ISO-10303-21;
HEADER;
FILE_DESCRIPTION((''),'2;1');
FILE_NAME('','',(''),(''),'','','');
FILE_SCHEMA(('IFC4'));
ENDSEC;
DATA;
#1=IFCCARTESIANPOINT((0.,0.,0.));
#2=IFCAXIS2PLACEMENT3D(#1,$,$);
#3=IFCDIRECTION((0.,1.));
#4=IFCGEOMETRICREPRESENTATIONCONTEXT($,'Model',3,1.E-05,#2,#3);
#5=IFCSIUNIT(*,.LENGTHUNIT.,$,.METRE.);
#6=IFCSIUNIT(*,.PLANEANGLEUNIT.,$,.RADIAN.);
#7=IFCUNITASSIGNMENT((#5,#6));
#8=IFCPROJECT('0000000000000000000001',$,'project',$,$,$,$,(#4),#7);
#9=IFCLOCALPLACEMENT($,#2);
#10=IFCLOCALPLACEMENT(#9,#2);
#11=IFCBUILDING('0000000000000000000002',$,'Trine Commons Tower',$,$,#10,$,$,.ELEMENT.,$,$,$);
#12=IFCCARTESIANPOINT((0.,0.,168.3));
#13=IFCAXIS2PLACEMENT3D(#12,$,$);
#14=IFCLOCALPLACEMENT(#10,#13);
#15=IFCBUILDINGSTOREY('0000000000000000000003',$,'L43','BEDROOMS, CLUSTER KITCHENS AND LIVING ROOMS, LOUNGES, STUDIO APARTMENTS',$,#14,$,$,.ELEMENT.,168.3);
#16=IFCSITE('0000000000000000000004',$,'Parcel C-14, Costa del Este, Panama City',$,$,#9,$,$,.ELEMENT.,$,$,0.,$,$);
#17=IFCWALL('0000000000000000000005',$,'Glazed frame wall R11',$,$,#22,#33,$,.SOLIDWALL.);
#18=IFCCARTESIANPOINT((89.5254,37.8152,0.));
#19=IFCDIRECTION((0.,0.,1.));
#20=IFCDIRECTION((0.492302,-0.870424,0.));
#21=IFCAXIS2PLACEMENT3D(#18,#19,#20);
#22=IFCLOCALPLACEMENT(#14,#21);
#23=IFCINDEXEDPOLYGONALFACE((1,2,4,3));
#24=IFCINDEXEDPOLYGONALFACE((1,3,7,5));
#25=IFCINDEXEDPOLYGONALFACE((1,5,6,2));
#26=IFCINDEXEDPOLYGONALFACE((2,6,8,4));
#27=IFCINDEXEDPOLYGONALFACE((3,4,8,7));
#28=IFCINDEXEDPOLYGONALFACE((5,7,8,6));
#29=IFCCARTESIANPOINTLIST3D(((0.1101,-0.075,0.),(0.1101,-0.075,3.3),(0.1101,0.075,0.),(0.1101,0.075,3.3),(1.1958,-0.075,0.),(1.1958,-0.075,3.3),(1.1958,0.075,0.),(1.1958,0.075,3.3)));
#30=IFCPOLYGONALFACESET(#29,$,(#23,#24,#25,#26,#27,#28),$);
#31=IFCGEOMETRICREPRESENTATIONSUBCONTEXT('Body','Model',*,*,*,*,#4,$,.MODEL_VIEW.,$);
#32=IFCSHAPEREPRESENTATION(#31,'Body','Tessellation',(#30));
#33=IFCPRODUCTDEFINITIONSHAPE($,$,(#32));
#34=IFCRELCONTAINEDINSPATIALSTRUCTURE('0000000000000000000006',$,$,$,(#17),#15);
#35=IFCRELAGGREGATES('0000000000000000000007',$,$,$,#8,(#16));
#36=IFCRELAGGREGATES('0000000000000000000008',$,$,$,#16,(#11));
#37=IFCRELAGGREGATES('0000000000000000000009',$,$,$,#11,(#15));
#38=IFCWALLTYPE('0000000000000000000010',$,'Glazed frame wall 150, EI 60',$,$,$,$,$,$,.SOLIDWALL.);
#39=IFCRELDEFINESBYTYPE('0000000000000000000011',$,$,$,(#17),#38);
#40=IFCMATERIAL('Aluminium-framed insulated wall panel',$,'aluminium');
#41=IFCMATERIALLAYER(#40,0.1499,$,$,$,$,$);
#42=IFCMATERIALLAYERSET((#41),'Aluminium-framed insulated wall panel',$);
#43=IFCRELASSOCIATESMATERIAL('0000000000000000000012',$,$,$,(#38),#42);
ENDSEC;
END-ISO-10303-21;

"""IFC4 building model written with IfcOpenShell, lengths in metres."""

from ifc_helpers import new_model, si_unit, direction, frame, origin, place, context, subcontext, project, spatial, polyline, outline, extrude, material, layer, layer_set, type_object, element, save


model = new_model("IFC4")

# Units and contexts
model_context = context("Model", 3, precision=1e-05, world=origin(), true_north=direction((0.0, 1.0)))
body_context = subcontext(model_context, "Body", "Model", "MODEL_VIEW")
ifc_project = project(units=[si_unit("LENGTHUNIT", "METRE"), si_unit("PLANEANGLEUNIT", "RADIAN")], contexts=[model_context])

# Site, building, storey
site_placement = place(None, origin())
site = spatial("IfcSite", under=ifc_project, at=site_placement, Name="Parcel C-14, Costa del Este, Panama City", CompositionType="ELEMENT", RefElevation=0.0)
building_placement = place(site_placement, origin())
building = spatial("IfcBuilding", under=site, at=building_placement, Name="Trine Commons Tower", CompositionType="ELEMENT")
storey_placement = place(building_placement, frame((0.0, 0.0, 168.3)))
storey = spatial("IfcBuildingStorey", under=building, at=storey_placement, Name="L43", Description="BEDROOMS, CLUSTER KITCHENS AND LIVING ROOMS, LOUNGES, STUDIO APARTMENTS", CompositionType="ELEMENT", Elevation=168.3)

# Wall
ifc_material_1 = material(Name="Aluminium-framed insulated wall panel", Category="aluminium")
ifc_layer_1 = layer(ifc_material_1, 0.1499)
ifc_layer_set_1 = layer_set([ifc_layer_1], Name="Aluminium-framed insulated wall panel")
wall_type_1 = type_object("IfcWallType", Name="Glazed frame wall 150, EI 60", PredefinedType="SOLIDWALL", material=ifc_layer_set_1)
wall_1_placement = place(storey_placement, frame((89.5254, 37.8152, 0.0), z_axis=(0.0, 0.0, 1.0), x_axis=(0.492302, -0.870424, 0.0)))
element("IfcWall", 1, at=wall_1_placement, inside=storey, type_object=wall_type_1, Name="Glazed frame wall R11", PredefinedType="SOLIDWALL", context=body_context, shape_type="SweptSolid", body=[
    extrude(outline(polyline([(0.1101, 0.075), (0.1101, -0.075), (1.1958, -0.075), (1.1958, 0.075), (0.1101, 0.075)])), origin(), (0.0, 0.0, 1.0), 3.3),
])

save(model, "model.ifc")
